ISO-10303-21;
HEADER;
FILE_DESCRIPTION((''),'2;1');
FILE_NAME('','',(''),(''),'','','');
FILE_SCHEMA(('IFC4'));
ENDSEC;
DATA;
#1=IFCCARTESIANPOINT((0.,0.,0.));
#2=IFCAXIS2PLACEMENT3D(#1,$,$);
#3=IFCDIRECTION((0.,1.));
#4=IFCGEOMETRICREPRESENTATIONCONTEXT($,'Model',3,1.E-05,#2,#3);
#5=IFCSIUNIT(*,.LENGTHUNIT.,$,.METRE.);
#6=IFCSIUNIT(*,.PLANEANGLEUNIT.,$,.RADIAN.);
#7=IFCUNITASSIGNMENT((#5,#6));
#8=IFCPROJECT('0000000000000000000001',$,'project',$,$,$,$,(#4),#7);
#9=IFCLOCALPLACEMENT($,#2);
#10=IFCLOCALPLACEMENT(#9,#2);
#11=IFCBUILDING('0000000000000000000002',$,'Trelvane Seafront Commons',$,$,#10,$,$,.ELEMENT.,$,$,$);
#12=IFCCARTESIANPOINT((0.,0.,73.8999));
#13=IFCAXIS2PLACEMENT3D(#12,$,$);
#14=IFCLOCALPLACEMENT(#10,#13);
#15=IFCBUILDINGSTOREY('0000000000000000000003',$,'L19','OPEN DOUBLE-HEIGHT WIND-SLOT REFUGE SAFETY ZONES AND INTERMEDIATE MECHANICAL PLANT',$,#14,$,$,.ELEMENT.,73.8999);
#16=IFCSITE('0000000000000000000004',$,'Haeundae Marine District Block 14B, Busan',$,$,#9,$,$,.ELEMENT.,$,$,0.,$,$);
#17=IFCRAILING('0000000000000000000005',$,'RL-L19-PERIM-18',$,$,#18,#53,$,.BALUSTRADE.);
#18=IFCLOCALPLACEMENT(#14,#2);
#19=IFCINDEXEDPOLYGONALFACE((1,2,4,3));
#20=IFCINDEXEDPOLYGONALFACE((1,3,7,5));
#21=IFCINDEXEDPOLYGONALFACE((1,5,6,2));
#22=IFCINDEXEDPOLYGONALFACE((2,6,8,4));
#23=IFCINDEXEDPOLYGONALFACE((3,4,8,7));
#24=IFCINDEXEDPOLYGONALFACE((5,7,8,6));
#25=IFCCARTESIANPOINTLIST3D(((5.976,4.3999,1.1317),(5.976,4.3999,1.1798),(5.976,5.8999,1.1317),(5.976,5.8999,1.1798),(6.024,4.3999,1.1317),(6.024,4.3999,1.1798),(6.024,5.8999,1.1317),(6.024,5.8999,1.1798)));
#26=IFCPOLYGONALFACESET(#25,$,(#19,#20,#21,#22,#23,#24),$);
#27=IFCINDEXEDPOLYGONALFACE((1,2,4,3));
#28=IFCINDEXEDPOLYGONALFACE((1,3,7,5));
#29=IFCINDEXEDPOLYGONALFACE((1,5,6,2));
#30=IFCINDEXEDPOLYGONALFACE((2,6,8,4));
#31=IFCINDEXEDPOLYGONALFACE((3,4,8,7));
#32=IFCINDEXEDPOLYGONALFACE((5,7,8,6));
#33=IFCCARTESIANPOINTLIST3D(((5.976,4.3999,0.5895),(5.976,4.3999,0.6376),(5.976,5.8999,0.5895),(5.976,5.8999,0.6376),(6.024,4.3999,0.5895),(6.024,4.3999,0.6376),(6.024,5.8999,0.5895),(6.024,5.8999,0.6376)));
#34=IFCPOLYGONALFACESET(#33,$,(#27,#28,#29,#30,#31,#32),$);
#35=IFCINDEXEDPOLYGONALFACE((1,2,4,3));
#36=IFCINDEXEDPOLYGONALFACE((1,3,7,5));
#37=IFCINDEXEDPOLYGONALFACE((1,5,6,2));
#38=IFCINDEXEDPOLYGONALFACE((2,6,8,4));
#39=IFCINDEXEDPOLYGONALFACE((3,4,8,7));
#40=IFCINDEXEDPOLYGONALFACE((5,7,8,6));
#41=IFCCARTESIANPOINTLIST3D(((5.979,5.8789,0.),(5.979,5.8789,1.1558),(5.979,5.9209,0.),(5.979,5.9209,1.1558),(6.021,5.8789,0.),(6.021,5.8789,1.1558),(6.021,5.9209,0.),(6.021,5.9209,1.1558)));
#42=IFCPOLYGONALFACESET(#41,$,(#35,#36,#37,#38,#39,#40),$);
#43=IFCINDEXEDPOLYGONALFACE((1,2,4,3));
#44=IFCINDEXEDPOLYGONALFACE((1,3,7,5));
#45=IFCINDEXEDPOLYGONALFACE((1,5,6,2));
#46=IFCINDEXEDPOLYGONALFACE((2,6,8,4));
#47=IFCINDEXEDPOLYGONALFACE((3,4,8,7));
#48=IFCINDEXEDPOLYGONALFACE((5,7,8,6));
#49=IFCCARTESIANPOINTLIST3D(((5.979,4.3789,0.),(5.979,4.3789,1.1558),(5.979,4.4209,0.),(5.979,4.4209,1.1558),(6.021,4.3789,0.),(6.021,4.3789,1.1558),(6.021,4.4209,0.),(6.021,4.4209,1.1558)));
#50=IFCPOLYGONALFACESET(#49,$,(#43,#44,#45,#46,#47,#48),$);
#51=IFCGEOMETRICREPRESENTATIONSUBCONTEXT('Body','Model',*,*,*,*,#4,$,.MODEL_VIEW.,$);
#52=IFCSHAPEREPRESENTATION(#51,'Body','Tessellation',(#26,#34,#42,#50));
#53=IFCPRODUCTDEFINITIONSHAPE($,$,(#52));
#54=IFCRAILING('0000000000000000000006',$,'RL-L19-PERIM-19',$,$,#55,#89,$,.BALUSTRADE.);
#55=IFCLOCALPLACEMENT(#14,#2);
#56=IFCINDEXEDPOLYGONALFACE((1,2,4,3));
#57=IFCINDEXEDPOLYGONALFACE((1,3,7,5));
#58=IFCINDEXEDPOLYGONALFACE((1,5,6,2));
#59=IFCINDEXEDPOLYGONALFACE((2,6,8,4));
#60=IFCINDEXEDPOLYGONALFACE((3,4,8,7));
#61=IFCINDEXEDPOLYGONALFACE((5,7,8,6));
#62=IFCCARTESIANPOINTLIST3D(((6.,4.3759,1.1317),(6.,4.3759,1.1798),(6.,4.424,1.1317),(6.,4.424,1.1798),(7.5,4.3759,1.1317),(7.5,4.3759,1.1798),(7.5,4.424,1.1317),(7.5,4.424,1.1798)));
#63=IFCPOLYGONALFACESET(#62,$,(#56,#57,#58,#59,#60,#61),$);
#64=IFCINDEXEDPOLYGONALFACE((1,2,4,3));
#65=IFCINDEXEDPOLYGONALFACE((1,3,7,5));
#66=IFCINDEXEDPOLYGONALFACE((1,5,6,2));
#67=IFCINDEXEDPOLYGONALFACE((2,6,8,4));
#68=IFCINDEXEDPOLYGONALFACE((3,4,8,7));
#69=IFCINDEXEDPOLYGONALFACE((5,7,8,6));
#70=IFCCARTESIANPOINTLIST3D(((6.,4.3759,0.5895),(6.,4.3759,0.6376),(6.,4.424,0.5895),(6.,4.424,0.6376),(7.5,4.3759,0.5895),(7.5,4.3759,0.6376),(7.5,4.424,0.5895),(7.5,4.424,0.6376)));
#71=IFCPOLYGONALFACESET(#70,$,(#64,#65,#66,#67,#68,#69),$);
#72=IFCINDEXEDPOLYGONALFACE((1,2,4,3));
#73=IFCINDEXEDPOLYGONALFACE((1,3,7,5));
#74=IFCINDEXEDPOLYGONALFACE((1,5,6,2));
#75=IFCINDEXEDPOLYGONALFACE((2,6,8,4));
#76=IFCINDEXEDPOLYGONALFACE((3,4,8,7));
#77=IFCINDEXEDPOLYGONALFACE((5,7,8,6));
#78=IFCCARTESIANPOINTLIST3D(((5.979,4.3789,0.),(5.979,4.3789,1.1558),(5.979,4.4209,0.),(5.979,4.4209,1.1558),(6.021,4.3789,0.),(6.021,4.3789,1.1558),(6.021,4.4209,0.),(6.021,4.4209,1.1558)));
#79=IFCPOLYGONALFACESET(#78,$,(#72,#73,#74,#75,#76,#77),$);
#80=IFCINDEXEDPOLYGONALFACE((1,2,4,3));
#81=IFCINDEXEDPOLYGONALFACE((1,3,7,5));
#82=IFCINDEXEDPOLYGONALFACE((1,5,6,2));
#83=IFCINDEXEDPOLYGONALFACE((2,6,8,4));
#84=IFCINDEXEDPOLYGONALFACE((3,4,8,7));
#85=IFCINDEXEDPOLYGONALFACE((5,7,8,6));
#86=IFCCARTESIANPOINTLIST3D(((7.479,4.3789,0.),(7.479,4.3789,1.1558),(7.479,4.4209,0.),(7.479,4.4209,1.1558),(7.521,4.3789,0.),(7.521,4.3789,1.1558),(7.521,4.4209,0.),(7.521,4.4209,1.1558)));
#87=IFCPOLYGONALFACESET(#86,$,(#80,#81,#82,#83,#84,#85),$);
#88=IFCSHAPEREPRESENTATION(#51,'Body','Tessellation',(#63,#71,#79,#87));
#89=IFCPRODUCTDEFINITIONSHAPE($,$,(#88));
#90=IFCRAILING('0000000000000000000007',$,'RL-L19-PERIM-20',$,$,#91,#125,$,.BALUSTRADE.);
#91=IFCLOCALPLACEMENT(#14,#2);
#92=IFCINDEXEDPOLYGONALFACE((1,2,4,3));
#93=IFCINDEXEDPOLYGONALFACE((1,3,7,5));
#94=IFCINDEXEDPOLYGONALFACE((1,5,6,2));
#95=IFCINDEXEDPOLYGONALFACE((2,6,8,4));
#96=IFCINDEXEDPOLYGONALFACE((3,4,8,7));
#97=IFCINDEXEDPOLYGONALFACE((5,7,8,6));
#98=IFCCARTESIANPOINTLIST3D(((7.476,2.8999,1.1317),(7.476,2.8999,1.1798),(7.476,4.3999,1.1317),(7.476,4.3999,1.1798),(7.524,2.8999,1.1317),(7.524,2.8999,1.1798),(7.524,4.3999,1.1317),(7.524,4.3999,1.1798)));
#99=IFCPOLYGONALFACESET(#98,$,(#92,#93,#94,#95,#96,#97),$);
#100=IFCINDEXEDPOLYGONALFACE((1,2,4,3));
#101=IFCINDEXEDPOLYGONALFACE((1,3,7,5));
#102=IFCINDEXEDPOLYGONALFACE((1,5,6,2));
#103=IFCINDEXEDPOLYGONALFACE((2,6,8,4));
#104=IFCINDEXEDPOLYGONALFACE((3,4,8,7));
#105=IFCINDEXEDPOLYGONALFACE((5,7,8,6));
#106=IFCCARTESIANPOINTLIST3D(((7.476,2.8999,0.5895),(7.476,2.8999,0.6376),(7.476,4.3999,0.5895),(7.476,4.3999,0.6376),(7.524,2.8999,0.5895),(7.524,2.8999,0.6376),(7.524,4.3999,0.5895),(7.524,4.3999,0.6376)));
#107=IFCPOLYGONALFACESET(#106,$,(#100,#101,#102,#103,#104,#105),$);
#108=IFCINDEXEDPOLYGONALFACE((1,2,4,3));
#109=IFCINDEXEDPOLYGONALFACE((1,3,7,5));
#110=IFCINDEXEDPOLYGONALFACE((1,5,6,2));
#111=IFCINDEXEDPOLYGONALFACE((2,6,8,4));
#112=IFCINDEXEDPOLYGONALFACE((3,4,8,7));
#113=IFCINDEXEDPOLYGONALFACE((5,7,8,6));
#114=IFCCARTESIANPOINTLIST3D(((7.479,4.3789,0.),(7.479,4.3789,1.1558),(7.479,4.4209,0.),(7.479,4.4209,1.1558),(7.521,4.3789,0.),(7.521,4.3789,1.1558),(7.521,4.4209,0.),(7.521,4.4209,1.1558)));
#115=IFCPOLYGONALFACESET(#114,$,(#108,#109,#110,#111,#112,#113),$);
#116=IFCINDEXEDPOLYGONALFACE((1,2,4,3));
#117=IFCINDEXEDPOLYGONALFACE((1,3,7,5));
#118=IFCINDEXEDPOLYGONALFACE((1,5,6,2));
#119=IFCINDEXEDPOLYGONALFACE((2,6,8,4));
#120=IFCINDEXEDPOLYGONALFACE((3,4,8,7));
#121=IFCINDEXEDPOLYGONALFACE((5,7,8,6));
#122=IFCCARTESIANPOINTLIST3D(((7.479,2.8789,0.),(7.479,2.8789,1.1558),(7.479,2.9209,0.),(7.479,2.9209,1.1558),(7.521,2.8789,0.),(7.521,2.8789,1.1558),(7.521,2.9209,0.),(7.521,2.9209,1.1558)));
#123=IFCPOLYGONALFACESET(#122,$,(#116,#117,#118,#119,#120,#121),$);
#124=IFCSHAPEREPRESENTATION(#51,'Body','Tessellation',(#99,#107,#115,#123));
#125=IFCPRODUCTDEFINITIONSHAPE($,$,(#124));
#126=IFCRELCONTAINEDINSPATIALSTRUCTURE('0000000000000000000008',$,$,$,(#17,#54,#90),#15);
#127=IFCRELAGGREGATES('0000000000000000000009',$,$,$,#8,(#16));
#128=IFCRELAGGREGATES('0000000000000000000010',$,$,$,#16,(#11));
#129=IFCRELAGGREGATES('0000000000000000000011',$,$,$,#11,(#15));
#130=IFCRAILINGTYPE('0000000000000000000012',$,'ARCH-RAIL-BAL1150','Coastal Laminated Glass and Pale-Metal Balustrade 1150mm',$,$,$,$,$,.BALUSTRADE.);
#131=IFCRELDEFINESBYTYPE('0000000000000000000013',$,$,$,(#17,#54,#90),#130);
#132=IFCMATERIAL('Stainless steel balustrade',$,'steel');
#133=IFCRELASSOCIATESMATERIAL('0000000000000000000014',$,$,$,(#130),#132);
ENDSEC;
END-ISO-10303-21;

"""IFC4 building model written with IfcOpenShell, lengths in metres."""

from ifc_helpers import new_model, si_unit, direction, frame, origin, origin_2d, place, context, subcontext, project, spatial, rectangle, extrude, material, type_object, element, save


model = new_model("IFC4")

# Units and contexts
model_context = context("Model", 3, precision=1e-05, world=origin(), true_north=direction((0.0, 1.0)))
body_context = subcontext(model_context, "Body", "Model", "MODEL_VIEW")
ifc_project = project(units=[si_unit("LENGTHUNIT", "METRE"), si_unit("PLANEANGLEUNIT", "RADIAN")], contexts=[model_context])

# Site, building, storey
site_placement = place(None, origin())
site = spatial("IfcSite", under=ifc_project, at=site_placement, Name="Haeundae Marine District Block 14B, Busan", CompositionType="ELEMENT", RefElevation=0.0)
building_placement = place(site_placement, origin())
building = spatial("IfcBuilding", under=site, at=building_placement, Name="Trelvane Seafront Commons", CompositionType="ELEMENT")
storey_placement = place(building_placement, frame((0.0, 0.0, 73.8999)))
storey = spatial("IfcBuildingStorey", under=building, at=storey_placement, Name="L19", Description="OPEN DOUBLE-HEIGHT WIND-SLOT REFUGE SAFETY ZONES AND INTERMEDIATE MECHANICAL PLANT", CompositionType="ELEMENT", Elevation=73.8999)

# Railings
ifc_material_1 = material(Name="Stainless steel balustrade", Category="steel")
railing_type = type_object("IfcRailingType", Name="ARCH-RAIL-BAL1150", Description="Coastal Laminated Glass and Pale-Metal Balustrade 1150mm", PredefinedType="BALUSTRADE", material=ifc_material_1)
railing_1_placement = place(storey_placement, frame((6.0, 5.8999, 0.0)))
element("IfcRailing", 1, at=railing_1_placement, inside=storey, type_object=railing_type, Name="RL-L19-PERIM-18", PredefinedType="BALUSTRADE", context=body_context, shape_type="SweptSolid", body=[
    extrude(rectangle(XDim=0.0481, YDim=0.0481, at=origin_2d()), frame((0.0, 0.0, 1.1558), z_axis=(0.0, -1.0, 0.0), x_axis=(1.0, 0.0, 0.0)), (0.0, 0.0, 1.0), 1.5),
    extrude(rectangle(XDim=0.0481, YDim=0.0481, at=origin_2d()), frame((0.0, 0.0, 0.6135), z_axis=(0.0, -1.0, 0.0), x_axis=(1.0, 0.0, 0.0)), (0.0, 0.0, 1.0), 1.5),
    extrude(rectangle(XDim=0.042, YDim=0.042, at=origin_2d()), origin(), (0.0, 0.0, 1.0), 1.1558),
    extrude(rectangle(XDim=0.042, YDim=0.042, at=origin_2d()), frame((0.0, -1.5, 0.0)), (0.0, 0.0, 1.0), 1.1558),
])
railing_2_placement = place(storey_placement, frame((6.0, 4.3999, 0.0)))
element("IfcRailing", 2, at=railing_2_placement, inside=storey, type_object=railing_type, Name="RL-L19-PERIM-19", PredefinedType="BALUSTRADE", context=body_context, shape_type="SweptSolid", body=[
    extrude(rectangle(XDim=0.0481, YDim=0.0481, at=origin_2d()), frame((0.0, 0.0, 1.1558), z_axis=(1.0, 0.0, 0.0), x_axis=(0.0, 1.0, 0.0)), (0.0, 0.0, 1.0), 1.5),
    extrude(rectangle(XDim=0.0481, YDim=0.0481, at=origin_2d()), frame((0.0, 0.0, 0.6135), z_axis=(1.0, 0.0, 0.0), x_axis=(0.0, 1.0, 0.0)), (0.0, 0.0, 1.0), 1.5),
    extrude(rectangle(XDim=0.042, YDim=0.042, at=origin_2d()), origin(), (0.0, 0.0, 1.0), 1.1558),
    extrude(rectangle(XDim=0.042, YDim=0.042, at=origin_2d()), frame((1.5, 0.0, 0.0)), (0.0, 0.0, 1.0), 1.1558),
])
railing_3_placement = place(storey_placement, frame((7.5, 4.3999, 0.0)))
element("IfcRailing", 3, at=railing_3_placement, inside=storey, type_object=railing_type, Name="RL-L19-PERIM-20", PredefinedType="BALUSTRADE", context=body_context, shape_type="SweptSolid", body=[
    extrude(rectangle(XDim=0.0481, YDim=0.0481, at=origin_2d()), frame((0.0, 0.0, 1.1558), z_axis=(0.0, -1.0, 0.0), x_axis=(1.0, 0.0, 0.0)), (0.0, 0.0, 1.0), 1.5),
    extrude(rectangle(XDim=0.0481, YDim=0.0481, at=origin_2d()), frame((0.0, 0.0, 0.6135), z_axis=(0.0, -1.0, 0.0), x_axis=(1.0, 0.0, 0.0)), (0.0, 0.0, 1.0), 1.5),
    extrude(rectangle(XDim=0.042, YDim=0.042, at=origin_2d()), origin(), (0.0, 0.0, 1.0), 1.1558),
    extrude(rectangle(XDim=0.042, YDim=0.042, at=origin_2d()), frame((0.0, -1.5, 0.0)), (0.0, 0.0, 1.0), 1.1558),
])

save(model, "model.ifc")
